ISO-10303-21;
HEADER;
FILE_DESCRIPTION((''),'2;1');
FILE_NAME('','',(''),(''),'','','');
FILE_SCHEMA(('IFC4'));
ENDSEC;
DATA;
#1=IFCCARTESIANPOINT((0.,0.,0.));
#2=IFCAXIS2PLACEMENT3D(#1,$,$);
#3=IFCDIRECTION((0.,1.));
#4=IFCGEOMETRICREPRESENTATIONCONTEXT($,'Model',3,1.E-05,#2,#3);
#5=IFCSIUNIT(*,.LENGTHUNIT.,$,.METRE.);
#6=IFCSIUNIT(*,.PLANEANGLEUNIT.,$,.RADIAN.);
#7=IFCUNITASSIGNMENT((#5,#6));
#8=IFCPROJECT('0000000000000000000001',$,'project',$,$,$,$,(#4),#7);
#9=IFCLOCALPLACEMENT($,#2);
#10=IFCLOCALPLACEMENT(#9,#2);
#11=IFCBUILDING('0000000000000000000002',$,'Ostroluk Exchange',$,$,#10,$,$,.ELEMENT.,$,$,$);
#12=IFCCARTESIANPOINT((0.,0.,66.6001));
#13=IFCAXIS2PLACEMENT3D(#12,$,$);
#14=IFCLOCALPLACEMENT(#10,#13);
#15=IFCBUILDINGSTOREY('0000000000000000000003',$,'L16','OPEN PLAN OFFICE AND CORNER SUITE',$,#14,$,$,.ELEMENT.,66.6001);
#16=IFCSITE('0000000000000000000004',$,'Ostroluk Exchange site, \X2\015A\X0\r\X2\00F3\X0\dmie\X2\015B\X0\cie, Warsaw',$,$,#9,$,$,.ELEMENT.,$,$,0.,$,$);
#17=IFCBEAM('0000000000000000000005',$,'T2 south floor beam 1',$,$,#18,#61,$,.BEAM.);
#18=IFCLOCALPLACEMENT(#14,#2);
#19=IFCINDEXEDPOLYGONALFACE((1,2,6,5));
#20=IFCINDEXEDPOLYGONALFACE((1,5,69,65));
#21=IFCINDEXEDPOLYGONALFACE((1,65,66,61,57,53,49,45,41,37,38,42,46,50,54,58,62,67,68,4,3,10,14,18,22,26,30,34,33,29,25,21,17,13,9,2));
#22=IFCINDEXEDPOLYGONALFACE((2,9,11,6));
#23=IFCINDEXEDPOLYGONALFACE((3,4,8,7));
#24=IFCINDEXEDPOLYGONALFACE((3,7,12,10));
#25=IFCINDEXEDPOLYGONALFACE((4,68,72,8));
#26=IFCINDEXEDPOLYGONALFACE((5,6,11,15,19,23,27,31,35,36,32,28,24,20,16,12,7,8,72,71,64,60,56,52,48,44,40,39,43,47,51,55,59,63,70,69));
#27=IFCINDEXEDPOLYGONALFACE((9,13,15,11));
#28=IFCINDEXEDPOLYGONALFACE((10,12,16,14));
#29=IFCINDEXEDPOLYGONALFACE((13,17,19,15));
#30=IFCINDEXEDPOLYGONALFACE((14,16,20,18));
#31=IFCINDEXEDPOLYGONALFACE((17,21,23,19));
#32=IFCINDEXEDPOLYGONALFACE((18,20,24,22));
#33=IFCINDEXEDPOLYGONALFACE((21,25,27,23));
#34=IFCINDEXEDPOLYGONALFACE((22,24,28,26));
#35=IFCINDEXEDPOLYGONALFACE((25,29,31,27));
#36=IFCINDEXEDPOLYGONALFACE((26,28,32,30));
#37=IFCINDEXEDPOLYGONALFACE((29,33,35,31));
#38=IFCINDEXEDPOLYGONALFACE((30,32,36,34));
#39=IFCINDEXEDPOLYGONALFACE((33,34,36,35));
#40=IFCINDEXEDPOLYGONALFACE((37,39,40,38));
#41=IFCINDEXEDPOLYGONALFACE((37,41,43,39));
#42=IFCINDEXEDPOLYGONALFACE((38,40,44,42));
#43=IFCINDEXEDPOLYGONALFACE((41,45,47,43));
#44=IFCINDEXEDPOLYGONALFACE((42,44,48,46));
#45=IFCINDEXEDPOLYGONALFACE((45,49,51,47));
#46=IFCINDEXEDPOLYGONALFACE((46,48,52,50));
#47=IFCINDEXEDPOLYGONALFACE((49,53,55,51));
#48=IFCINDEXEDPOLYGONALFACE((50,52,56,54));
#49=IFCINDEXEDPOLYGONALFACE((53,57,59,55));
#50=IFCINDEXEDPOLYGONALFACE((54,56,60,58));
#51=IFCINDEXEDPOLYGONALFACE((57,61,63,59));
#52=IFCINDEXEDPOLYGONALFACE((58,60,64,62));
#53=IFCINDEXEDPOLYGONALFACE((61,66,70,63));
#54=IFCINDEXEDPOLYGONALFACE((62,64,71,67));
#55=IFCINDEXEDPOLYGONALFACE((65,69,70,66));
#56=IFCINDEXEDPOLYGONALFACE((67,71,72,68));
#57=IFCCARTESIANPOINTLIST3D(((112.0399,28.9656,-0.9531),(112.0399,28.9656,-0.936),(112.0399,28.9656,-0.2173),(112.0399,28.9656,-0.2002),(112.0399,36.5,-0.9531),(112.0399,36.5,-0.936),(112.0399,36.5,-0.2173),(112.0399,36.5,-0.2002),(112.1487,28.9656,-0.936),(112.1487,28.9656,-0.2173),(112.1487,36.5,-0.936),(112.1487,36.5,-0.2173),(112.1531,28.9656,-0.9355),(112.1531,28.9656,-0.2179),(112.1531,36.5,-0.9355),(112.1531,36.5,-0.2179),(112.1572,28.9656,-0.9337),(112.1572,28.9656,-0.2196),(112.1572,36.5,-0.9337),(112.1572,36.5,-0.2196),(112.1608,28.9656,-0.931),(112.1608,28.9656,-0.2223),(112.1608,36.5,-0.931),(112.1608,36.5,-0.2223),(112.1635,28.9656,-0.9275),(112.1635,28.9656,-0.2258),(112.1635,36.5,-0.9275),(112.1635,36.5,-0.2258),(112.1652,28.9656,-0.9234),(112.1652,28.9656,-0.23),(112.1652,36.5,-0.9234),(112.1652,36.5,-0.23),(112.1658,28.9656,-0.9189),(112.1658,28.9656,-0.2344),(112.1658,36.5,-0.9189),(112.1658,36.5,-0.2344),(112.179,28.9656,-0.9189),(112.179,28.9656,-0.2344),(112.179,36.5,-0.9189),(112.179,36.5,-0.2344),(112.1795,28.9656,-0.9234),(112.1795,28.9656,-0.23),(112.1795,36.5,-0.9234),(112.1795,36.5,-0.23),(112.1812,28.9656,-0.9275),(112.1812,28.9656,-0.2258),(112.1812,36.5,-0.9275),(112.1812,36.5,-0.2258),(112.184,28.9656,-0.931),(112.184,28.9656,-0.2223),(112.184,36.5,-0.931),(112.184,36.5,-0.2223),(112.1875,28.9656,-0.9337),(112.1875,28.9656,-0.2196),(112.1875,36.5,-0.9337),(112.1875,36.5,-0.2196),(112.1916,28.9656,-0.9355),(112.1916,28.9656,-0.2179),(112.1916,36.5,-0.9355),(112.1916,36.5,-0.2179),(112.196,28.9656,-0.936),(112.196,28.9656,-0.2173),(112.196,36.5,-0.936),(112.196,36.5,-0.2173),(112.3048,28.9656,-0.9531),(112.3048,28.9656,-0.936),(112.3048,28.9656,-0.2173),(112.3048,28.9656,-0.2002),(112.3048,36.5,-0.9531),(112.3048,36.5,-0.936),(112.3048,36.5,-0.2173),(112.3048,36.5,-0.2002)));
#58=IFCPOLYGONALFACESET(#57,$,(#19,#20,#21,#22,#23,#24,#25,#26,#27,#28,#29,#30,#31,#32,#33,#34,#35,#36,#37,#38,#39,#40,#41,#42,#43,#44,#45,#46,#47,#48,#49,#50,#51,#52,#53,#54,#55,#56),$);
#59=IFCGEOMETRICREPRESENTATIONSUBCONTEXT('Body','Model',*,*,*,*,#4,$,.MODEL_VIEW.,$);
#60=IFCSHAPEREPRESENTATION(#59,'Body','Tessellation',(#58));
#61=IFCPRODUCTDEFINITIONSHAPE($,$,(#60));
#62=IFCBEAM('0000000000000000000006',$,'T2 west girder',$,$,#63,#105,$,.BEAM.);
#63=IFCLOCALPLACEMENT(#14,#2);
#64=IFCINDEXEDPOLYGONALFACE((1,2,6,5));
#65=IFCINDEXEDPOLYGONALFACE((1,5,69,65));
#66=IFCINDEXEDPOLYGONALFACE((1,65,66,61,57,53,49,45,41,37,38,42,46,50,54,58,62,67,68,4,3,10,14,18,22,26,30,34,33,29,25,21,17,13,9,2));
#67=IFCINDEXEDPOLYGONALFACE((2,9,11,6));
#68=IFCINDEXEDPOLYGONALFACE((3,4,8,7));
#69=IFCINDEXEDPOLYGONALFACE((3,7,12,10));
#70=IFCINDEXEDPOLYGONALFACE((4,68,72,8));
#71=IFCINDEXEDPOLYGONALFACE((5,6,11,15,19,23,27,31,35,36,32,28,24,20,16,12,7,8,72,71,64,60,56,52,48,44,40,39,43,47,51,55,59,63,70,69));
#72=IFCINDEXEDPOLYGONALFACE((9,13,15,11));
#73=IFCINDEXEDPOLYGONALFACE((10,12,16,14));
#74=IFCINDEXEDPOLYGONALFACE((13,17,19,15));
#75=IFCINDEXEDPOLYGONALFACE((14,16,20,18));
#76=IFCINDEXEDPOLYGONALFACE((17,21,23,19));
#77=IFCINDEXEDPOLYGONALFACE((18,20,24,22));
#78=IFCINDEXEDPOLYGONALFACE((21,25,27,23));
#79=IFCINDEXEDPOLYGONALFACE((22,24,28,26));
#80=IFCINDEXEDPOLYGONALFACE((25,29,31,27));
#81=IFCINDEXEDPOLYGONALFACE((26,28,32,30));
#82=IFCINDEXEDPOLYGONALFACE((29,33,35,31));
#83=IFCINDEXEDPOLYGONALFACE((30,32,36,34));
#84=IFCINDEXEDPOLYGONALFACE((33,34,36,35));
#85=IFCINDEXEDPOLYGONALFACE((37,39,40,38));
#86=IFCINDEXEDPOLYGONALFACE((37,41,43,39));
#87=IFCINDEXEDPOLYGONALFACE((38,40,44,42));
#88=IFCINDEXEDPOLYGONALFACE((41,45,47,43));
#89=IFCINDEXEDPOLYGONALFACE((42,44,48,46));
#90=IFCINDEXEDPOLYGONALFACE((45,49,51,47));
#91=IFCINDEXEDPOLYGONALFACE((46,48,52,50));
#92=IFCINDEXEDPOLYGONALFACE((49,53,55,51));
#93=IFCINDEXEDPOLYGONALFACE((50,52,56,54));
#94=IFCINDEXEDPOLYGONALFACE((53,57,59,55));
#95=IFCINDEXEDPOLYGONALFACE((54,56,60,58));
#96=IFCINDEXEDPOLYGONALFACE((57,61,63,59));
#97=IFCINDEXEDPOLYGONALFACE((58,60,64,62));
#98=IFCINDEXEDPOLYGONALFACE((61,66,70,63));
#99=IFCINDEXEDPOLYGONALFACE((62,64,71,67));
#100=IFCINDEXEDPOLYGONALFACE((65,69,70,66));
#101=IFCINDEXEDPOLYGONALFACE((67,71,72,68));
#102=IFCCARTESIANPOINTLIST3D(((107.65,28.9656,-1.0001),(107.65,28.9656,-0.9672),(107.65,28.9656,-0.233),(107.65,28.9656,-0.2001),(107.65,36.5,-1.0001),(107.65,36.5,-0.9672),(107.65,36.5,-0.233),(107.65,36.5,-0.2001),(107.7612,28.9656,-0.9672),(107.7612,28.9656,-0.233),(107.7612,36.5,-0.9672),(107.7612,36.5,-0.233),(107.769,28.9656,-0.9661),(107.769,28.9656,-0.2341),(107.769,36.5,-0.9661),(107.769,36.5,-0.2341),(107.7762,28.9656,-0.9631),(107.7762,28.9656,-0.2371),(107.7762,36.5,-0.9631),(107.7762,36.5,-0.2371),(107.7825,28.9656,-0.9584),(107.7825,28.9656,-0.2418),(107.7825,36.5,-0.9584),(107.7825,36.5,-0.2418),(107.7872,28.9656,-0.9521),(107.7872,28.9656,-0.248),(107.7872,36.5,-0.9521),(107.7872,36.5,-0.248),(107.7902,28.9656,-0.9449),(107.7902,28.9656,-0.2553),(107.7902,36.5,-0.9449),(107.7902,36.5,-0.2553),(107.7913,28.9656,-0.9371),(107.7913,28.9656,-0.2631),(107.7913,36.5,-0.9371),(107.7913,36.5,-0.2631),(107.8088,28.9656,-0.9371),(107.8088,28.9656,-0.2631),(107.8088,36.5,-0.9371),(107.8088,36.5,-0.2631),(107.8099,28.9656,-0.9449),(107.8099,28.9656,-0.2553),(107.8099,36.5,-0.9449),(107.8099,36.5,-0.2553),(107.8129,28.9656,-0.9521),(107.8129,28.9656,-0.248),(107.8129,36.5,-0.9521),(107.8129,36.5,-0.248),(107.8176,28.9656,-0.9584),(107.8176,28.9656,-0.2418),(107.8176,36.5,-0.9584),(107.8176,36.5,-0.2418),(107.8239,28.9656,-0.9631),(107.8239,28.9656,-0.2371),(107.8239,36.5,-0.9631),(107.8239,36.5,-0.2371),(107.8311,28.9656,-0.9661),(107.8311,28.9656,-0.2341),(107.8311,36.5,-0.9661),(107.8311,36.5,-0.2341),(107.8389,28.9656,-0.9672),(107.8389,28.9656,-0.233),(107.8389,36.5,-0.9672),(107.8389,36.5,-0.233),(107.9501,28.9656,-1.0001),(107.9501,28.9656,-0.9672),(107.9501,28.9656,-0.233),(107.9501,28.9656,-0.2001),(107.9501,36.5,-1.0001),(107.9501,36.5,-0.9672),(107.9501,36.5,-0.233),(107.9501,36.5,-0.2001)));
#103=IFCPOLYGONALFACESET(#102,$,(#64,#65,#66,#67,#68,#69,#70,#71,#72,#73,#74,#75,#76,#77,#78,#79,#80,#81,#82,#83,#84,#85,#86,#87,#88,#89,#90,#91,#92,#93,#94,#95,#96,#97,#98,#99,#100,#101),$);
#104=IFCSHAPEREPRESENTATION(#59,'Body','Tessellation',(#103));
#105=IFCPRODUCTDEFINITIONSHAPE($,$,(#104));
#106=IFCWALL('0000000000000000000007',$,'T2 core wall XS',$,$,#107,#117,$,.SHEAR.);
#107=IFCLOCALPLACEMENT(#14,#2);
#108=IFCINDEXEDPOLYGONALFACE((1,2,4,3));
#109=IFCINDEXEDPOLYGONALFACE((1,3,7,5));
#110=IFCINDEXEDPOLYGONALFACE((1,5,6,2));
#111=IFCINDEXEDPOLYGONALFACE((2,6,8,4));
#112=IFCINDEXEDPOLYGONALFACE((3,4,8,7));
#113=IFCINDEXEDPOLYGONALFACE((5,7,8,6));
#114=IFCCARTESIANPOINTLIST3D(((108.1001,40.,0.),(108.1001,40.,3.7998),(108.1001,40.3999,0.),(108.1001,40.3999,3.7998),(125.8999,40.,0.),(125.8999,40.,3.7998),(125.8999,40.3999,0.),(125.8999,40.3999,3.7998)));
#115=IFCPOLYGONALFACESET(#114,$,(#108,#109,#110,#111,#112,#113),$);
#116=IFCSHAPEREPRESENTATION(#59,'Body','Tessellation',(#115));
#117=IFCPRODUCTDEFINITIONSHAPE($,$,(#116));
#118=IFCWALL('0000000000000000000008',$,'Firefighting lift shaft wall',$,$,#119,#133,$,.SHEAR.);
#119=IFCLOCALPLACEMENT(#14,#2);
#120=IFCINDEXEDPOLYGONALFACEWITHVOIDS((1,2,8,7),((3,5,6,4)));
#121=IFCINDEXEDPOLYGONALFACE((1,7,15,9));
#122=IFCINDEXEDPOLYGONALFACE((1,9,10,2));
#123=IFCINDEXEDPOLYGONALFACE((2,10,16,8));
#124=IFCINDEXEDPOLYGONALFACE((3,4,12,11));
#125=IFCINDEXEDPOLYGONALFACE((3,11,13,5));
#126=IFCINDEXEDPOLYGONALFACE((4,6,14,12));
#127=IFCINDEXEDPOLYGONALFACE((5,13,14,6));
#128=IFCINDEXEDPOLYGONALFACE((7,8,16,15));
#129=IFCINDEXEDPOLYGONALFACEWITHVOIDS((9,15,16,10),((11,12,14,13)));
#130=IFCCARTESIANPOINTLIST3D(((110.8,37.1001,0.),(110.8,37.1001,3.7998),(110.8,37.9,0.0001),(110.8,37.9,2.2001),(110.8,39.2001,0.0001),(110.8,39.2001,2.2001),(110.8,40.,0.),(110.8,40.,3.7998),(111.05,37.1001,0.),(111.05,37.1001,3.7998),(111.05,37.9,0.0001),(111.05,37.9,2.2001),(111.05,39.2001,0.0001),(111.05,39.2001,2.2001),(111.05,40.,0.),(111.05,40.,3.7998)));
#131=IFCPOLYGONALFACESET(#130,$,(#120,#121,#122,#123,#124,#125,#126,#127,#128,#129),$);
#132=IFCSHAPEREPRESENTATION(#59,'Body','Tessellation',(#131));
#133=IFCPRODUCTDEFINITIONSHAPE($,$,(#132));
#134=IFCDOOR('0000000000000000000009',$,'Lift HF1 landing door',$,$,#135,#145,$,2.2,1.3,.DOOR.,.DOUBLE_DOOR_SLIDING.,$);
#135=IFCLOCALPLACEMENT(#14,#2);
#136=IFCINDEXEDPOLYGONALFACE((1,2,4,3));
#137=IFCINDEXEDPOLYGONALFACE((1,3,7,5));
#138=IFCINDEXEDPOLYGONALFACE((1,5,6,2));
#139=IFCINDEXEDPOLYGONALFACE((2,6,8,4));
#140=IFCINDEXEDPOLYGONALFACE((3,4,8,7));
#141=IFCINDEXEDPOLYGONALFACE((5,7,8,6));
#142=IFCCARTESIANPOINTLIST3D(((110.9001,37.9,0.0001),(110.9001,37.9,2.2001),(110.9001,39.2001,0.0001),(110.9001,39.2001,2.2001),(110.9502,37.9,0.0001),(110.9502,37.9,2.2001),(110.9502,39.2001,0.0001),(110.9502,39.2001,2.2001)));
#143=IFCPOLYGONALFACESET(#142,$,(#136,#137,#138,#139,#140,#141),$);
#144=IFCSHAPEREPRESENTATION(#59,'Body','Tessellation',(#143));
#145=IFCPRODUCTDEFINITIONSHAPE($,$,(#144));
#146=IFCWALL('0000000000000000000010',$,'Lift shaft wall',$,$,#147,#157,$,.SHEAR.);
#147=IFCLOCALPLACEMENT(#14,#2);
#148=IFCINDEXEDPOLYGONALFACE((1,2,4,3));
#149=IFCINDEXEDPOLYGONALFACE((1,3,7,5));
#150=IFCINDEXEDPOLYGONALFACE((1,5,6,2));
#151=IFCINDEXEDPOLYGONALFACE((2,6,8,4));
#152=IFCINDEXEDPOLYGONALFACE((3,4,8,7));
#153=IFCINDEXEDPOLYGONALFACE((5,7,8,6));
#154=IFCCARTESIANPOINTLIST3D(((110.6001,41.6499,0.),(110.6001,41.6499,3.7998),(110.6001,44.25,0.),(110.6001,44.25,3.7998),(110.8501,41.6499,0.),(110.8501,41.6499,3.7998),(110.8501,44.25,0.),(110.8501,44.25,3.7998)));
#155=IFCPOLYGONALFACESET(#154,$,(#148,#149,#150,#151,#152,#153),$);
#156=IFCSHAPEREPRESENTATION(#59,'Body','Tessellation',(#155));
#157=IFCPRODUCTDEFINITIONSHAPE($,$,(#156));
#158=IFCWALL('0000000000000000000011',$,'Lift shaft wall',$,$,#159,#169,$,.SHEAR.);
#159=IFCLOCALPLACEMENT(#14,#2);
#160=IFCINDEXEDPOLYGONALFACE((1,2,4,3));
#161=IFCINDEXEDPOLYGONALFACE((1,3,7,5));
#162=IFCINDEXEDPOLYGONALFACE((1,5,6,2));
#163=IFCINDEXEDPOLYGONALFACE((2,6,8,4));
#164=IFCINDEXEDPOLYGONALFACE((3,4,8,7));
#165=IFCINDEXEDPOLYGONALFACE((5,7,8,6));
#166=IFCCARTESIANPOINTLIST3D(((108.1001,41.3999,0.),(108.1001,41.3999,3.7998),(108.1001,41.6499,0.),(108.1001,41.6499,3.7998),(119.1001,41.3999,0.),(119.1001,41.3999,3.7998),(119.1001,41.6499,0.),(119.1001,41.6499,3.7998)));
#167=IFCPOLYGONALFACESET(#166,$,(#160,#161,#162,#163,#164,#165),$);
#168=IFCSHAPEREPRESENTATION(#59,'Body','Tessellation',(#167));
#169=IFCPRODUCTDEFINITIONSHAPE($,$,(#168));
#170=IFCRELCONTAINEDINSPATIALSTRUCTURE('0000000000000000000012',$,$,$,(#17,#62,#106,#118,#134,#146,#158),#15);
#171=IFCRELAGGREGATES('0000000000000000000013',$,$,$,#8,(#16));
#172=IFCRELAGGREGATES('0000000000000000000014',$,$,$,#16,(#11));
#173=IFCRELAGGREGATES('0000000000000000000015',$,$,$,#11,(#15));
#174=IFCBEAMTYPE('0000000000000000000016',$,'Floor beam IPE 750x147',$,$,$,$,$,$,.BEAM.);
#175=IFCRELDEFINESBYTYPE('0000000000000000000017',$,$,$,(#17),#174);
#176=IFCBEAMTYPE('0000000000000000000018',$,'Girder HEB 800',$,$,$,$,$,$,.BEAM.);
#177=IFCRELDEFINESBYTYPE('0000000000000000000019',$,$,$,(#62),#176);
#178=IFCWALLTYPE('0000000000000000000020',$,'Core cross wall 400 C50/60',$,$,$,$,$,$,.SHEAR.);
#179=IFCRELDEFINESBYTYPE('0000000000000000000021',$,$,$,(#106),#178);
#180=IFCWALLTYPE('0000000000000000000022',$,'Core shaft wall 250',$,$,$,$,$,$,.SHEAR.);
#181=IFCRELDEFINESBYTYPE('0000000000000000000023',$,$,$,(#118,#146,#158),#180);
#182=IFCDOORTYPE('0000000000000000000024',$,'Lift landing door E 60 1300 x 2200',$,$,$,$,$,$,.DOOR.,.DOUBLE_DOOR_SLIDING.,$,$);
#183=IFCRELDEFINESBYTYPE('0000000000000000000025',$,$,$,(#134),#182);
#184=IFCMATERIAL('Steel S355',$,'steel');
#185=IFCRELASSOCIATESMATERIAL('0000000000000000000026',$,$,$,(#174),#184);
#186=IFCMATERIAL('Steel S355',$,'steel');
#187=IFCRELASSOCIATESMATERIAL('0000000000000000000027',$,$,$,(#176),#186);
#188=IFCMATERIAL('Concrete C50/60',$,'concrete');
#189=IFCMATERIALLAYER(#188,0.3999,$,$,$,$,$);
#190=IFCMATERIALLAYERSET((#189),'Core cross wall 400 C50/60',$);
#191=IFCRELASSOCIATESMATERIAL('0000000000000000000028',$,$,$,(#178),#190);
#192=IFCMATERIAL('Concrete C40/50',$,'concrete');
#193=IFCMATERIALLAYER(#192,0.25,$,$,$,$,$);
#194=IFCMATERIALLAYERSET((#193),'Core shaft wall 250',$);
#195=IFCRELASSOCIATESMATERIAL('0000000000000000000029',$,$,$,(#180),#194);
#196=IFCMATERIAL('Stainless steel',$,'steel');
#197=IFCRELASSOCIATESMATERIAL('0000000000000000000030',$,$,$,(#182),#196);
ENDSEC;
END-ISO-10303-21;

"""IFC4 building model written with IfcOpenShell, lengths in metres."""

from ifc_helpers import new_model, si_unit, direction, frame, frame_2d, origin, origin_2d, place, context, subcontext, project, spatial, rectangle, i_section, extrude, material, layer, layer_set, material_profile, profile_set, type_object, element, fill, save


model = new_model("IFC4")

# Units and contexts
model_context = context("Model", 3, precision=1e-05, world=origin(), true_north=direction((0.0, 1.0)))
body_context = subcontext(model_context, "Body", "Model", "MODEL_VIEW")
ifc_project = project(units=[si_unit("LENGTHUNIT", "METRE"), si_unit("PLANEANGLEUNIT", "RADIAN")], contexts=[model_context])

# Site, building, storey
site_placement = place(None, origin())
site = spatial("IfcSite", under=ifc_project, at=site_placement, Name="Ostroluk Exchange site, Śródmieście, Warsaw", CompositionType="ELEMENT", RefElevation=0.0)
building_placement = place(site_placement, origin())
building = spatial("IfcBuilding", under=site, at=building_placement, Name="Ostroluk Exchange", CompositionType="ELEMENT")
storey_placement = place(building_placement, frame((0.0, 0.0, 66.6001)))
storey = spatial("IfcBuildingStorey", under=building, at=storey_placement, Name="L16", Description="OPEN PLAN OFFICE AND CORNER SUITE", CompositionType="ELEMENT", Elevation=66.6001)

# Beams
ifc_material_1 = material(Name="Steel S355", Category="steel")
ifc_material_profile_1 = material_profile(ifc_material_1, i_section(OverallWidth=0.2649, OverallDepth=0.7529, WebThickness=0.0132, FlangeThickness=0.0171, FilletRadius=0.0171, at=origin_2d()), Name="IPE 750x147")
ifc_profile_set_1 = profile_set([ifc_material_profile_1], Name="Steel S355")
beam_type_1 = type_object("IfcBeamType", Name="Floor beam IPE 750x147", PredefinedType="BEAM", material=ifc_profile_set_1)
beam_1_placement = place(storey_placement, frame((112.1724, 36.5, -0.5767), z_axis=(0.0, -1.0, 0.0), x_axis=(1.0, 0.0, 0.0)))
element("IfcBeam", 1, at=beam_1_placement, inside=storey, type_object=beam_type_1, Name="T2 south floor beam 1", PredefinedType="BEAM", context=body_context, shape_type="SweptSolid", body=[
    extrude(i_section(OverallWidth=0.2649, OverallDepth=0.7529, WebThickness=0.0132, FlangeThickness=0.0171, FilletRadius=0.0171, at=origin_2d()), origin(), (0.0, 0.0, 1.0), 7.5344),
])
ifc_material_2 = material(Name="Steel S355", Category="steel")
ifc_material_profile_2 = material_profile(ifc_material_2, i_section(OverallWidth=0.3, OverallDepth=0.8, WebThickness=0.0176, FlangeThickness=0.033, FilletRadius=0.03, at=origin_2d()), Name="HEB 800")
ifc_profile_set_2 = profile_set([ifc_material_profile_2], Name="Steel S355")
beam_type_2 = type_object("IfcBeamType", Name="Girder HEB 800", PredefinedType="BEAM", material=ifc_profile_set_2)
beam_2_placement = place(storey_placement, frame((107.8, 36.5, -0.6001), z_axis=(0.0, -1.0, 0.0), x_axis=(1.0, 0.0, 0.0)))
element("IfcBeam", 2, at=beam_2_placement, inside=storey, type_object=beam_type_2, Name="T2 west girder", PredefinedType="BEAM", context=body_context, shape_type="SweptSolid", body=[
    extrude(i_section(OverallWidth=0.3, OverallDepth=0.8, WebThickness=0.0176, FlangeThickness=0.033, FilletRadius=0.03, at=origin_2d()), origin(), (0.0, 0.0, 1.0), 7.5344),
])

# Wall
ifc_material_3 = material(Name="Concrete C50/60", Category="concrete")
ifc_layer_1 = layer(ifc_material_3, 0.3999)
ifc_layer_set_1 = layer_set([ifc_layer_1], Name="Core cross wall 400 C50/60")
wall_type_1 = type_object("IfcWallType", Name="Core cross wall 400 C50/60", PredefinedType="SHEAR", material=ifc_layer_set_1)
wall_1_placement = place(storey_placement, frame((108.1001, 40.2, 0.0), z_axis=(0.0, 0.0, 1.0), x_axis=(1.0, 0.0, 0.0)))
element("IfcWall", 3, at=wall_1_placement, inside=storey, type_object=wall_type_1, Name="T2 core wall XS", PredefinedType="SHEAR", context=body_context, shape_type="SweptSolid", body=[
    extrude(rectangle(XDim=17.7998, YDim=0.3999, at=frame_2d((8.8999, 0.0))), origin(), (0.0, 0.0, 1.0), 3.7998),
])

# Wall, opening, door
ifc_material_4 = material(Name="Concrete C40/50", Category="concrete")
ifc_layer_2 = layer(ifc_material_4, 0.25)
ifc_layer_set_2 = layer_set([ifc_layer_2], Name="Core shaft wall 250")
wall_type_2 = type_object("IfcWallType", Name="Core shaft wall 250", PredefinedType="SHEAR", material=ifc_layer_set_2)
wall_2_placement = place(storey_placement, frame((110.925, 37.1001, 0.0), z_axis=(0.0, 0.0, 1.0), x_axis=(0.0, 1.0, 0.0)))
wall_2 = element("IfcWall", 4, at=wall_2_placement, inside=storey, type_object=wall_type_2, Name="Firefighting lift shaft wall", PredefinedType="SHEAR", context=body_context, shape_type="SweptSolid", body=[
    extrude(rectangle(XDim=2.8999, YDim=0.25, at=frame_2d((1.45, 0.0))), origin(), (0.0, 0.0, 1.0), 3.7998),
])
opening_1_placement = place(wall_2_placement, frame((0.8, 0.0, 0.0)))
opening_1 = element("IfcOpeningElement", 5, at=opening_1_placement, cuts=wall_2, PredefinedType="OPENING", context=body_context, shape_type="SweptSolid", body=[
    extrude(rectangle(XDim=1.3, YDim=2.2, at=frame_2d((0.6499, 1.1001))), frame((0.0, 0.135, 0.0), z_axis=(0.0, -1.0, 0.0), x_axis=(1.0, 0.0, 0.0)), (0.0, 0.0, 1.0), 0.27),
])
ifc_material_5 = material(Name="Stainless steel", Category="steel")
door_type_1 = type_object("IfcDoorType", Name="Lift landing door E 60 1300 x 2200", OperationType="DOUBLE_DOOR_SLIDING", PredefinedType="DOOR", material=ifc_material_5)
door_1_placement = place(opening_1_placement, origin())
door_1 = element("IfcDoor", 6, at=door_1_placement, inside=storey, type_object=door_type_1, Name="Lift HF1 landing door", OperationType="DOUBLE_DOOR_SLIDING", OverallHeight=2.2, OverallWidth=1.3, PredefinedType="DOOR", context=body_context, shape_type="SweptSolid", body=[
    extrude(rectangle(XDim=1.3, YDim=2.2, at=frame_2d((0.6499, 1.1001))), frame((0.0, 0.0249, 0.0), z_axis=(0.0, -1.0, 0.0), x_axis=(1.0, 0.0, 0.0)), (0.0, 0.0, 1.0), 0.05),
])
fill(opening_1, door_1)

# Walls
wall_3_placement = place(storey_placement, frame((110.7251, 44.25, 0.0), z_axis=(0.0, 0.0, 1.0), x_axis=(0.0, -1.0, 0.0)))
element("IfcWall", 7, at=wall_3_placement, inside=storey, type_object=wall_type_2, Name="Lift shaft wall", PredefinedType="SHEAR", context=body_context, shape_type="SweptSolid", body=[
    extrude(rectangle(XDim=2.6001, YDim=0.25, at=frame_2d((1.3, 0.0))), origin(), (0.0, 0.0, 1.0), 3.7998),
])
wall_4_placement = place(storey_placement, frame((108.1001, 41.5249, 0.0), z_axis=(0.0, 0.0, 1.0), x_axis=(1.0, 0.0, 0.0)))
element("IfcWall", 8, at=wall_4_placement, inside=storey, type_object=wall_type_2, Name="Lift shaft wall", PredefinedType="SHEAR", context=body_context, shape_type="SweptSolid", body=[
    extrude(rectangle(XDim=11.0, YDim=0.25, at=frame_2d((5.5, 0.0))), origin(), (0.0, 0.0, 1.0), 3.7998),
])

save(model, "model.ifc")
